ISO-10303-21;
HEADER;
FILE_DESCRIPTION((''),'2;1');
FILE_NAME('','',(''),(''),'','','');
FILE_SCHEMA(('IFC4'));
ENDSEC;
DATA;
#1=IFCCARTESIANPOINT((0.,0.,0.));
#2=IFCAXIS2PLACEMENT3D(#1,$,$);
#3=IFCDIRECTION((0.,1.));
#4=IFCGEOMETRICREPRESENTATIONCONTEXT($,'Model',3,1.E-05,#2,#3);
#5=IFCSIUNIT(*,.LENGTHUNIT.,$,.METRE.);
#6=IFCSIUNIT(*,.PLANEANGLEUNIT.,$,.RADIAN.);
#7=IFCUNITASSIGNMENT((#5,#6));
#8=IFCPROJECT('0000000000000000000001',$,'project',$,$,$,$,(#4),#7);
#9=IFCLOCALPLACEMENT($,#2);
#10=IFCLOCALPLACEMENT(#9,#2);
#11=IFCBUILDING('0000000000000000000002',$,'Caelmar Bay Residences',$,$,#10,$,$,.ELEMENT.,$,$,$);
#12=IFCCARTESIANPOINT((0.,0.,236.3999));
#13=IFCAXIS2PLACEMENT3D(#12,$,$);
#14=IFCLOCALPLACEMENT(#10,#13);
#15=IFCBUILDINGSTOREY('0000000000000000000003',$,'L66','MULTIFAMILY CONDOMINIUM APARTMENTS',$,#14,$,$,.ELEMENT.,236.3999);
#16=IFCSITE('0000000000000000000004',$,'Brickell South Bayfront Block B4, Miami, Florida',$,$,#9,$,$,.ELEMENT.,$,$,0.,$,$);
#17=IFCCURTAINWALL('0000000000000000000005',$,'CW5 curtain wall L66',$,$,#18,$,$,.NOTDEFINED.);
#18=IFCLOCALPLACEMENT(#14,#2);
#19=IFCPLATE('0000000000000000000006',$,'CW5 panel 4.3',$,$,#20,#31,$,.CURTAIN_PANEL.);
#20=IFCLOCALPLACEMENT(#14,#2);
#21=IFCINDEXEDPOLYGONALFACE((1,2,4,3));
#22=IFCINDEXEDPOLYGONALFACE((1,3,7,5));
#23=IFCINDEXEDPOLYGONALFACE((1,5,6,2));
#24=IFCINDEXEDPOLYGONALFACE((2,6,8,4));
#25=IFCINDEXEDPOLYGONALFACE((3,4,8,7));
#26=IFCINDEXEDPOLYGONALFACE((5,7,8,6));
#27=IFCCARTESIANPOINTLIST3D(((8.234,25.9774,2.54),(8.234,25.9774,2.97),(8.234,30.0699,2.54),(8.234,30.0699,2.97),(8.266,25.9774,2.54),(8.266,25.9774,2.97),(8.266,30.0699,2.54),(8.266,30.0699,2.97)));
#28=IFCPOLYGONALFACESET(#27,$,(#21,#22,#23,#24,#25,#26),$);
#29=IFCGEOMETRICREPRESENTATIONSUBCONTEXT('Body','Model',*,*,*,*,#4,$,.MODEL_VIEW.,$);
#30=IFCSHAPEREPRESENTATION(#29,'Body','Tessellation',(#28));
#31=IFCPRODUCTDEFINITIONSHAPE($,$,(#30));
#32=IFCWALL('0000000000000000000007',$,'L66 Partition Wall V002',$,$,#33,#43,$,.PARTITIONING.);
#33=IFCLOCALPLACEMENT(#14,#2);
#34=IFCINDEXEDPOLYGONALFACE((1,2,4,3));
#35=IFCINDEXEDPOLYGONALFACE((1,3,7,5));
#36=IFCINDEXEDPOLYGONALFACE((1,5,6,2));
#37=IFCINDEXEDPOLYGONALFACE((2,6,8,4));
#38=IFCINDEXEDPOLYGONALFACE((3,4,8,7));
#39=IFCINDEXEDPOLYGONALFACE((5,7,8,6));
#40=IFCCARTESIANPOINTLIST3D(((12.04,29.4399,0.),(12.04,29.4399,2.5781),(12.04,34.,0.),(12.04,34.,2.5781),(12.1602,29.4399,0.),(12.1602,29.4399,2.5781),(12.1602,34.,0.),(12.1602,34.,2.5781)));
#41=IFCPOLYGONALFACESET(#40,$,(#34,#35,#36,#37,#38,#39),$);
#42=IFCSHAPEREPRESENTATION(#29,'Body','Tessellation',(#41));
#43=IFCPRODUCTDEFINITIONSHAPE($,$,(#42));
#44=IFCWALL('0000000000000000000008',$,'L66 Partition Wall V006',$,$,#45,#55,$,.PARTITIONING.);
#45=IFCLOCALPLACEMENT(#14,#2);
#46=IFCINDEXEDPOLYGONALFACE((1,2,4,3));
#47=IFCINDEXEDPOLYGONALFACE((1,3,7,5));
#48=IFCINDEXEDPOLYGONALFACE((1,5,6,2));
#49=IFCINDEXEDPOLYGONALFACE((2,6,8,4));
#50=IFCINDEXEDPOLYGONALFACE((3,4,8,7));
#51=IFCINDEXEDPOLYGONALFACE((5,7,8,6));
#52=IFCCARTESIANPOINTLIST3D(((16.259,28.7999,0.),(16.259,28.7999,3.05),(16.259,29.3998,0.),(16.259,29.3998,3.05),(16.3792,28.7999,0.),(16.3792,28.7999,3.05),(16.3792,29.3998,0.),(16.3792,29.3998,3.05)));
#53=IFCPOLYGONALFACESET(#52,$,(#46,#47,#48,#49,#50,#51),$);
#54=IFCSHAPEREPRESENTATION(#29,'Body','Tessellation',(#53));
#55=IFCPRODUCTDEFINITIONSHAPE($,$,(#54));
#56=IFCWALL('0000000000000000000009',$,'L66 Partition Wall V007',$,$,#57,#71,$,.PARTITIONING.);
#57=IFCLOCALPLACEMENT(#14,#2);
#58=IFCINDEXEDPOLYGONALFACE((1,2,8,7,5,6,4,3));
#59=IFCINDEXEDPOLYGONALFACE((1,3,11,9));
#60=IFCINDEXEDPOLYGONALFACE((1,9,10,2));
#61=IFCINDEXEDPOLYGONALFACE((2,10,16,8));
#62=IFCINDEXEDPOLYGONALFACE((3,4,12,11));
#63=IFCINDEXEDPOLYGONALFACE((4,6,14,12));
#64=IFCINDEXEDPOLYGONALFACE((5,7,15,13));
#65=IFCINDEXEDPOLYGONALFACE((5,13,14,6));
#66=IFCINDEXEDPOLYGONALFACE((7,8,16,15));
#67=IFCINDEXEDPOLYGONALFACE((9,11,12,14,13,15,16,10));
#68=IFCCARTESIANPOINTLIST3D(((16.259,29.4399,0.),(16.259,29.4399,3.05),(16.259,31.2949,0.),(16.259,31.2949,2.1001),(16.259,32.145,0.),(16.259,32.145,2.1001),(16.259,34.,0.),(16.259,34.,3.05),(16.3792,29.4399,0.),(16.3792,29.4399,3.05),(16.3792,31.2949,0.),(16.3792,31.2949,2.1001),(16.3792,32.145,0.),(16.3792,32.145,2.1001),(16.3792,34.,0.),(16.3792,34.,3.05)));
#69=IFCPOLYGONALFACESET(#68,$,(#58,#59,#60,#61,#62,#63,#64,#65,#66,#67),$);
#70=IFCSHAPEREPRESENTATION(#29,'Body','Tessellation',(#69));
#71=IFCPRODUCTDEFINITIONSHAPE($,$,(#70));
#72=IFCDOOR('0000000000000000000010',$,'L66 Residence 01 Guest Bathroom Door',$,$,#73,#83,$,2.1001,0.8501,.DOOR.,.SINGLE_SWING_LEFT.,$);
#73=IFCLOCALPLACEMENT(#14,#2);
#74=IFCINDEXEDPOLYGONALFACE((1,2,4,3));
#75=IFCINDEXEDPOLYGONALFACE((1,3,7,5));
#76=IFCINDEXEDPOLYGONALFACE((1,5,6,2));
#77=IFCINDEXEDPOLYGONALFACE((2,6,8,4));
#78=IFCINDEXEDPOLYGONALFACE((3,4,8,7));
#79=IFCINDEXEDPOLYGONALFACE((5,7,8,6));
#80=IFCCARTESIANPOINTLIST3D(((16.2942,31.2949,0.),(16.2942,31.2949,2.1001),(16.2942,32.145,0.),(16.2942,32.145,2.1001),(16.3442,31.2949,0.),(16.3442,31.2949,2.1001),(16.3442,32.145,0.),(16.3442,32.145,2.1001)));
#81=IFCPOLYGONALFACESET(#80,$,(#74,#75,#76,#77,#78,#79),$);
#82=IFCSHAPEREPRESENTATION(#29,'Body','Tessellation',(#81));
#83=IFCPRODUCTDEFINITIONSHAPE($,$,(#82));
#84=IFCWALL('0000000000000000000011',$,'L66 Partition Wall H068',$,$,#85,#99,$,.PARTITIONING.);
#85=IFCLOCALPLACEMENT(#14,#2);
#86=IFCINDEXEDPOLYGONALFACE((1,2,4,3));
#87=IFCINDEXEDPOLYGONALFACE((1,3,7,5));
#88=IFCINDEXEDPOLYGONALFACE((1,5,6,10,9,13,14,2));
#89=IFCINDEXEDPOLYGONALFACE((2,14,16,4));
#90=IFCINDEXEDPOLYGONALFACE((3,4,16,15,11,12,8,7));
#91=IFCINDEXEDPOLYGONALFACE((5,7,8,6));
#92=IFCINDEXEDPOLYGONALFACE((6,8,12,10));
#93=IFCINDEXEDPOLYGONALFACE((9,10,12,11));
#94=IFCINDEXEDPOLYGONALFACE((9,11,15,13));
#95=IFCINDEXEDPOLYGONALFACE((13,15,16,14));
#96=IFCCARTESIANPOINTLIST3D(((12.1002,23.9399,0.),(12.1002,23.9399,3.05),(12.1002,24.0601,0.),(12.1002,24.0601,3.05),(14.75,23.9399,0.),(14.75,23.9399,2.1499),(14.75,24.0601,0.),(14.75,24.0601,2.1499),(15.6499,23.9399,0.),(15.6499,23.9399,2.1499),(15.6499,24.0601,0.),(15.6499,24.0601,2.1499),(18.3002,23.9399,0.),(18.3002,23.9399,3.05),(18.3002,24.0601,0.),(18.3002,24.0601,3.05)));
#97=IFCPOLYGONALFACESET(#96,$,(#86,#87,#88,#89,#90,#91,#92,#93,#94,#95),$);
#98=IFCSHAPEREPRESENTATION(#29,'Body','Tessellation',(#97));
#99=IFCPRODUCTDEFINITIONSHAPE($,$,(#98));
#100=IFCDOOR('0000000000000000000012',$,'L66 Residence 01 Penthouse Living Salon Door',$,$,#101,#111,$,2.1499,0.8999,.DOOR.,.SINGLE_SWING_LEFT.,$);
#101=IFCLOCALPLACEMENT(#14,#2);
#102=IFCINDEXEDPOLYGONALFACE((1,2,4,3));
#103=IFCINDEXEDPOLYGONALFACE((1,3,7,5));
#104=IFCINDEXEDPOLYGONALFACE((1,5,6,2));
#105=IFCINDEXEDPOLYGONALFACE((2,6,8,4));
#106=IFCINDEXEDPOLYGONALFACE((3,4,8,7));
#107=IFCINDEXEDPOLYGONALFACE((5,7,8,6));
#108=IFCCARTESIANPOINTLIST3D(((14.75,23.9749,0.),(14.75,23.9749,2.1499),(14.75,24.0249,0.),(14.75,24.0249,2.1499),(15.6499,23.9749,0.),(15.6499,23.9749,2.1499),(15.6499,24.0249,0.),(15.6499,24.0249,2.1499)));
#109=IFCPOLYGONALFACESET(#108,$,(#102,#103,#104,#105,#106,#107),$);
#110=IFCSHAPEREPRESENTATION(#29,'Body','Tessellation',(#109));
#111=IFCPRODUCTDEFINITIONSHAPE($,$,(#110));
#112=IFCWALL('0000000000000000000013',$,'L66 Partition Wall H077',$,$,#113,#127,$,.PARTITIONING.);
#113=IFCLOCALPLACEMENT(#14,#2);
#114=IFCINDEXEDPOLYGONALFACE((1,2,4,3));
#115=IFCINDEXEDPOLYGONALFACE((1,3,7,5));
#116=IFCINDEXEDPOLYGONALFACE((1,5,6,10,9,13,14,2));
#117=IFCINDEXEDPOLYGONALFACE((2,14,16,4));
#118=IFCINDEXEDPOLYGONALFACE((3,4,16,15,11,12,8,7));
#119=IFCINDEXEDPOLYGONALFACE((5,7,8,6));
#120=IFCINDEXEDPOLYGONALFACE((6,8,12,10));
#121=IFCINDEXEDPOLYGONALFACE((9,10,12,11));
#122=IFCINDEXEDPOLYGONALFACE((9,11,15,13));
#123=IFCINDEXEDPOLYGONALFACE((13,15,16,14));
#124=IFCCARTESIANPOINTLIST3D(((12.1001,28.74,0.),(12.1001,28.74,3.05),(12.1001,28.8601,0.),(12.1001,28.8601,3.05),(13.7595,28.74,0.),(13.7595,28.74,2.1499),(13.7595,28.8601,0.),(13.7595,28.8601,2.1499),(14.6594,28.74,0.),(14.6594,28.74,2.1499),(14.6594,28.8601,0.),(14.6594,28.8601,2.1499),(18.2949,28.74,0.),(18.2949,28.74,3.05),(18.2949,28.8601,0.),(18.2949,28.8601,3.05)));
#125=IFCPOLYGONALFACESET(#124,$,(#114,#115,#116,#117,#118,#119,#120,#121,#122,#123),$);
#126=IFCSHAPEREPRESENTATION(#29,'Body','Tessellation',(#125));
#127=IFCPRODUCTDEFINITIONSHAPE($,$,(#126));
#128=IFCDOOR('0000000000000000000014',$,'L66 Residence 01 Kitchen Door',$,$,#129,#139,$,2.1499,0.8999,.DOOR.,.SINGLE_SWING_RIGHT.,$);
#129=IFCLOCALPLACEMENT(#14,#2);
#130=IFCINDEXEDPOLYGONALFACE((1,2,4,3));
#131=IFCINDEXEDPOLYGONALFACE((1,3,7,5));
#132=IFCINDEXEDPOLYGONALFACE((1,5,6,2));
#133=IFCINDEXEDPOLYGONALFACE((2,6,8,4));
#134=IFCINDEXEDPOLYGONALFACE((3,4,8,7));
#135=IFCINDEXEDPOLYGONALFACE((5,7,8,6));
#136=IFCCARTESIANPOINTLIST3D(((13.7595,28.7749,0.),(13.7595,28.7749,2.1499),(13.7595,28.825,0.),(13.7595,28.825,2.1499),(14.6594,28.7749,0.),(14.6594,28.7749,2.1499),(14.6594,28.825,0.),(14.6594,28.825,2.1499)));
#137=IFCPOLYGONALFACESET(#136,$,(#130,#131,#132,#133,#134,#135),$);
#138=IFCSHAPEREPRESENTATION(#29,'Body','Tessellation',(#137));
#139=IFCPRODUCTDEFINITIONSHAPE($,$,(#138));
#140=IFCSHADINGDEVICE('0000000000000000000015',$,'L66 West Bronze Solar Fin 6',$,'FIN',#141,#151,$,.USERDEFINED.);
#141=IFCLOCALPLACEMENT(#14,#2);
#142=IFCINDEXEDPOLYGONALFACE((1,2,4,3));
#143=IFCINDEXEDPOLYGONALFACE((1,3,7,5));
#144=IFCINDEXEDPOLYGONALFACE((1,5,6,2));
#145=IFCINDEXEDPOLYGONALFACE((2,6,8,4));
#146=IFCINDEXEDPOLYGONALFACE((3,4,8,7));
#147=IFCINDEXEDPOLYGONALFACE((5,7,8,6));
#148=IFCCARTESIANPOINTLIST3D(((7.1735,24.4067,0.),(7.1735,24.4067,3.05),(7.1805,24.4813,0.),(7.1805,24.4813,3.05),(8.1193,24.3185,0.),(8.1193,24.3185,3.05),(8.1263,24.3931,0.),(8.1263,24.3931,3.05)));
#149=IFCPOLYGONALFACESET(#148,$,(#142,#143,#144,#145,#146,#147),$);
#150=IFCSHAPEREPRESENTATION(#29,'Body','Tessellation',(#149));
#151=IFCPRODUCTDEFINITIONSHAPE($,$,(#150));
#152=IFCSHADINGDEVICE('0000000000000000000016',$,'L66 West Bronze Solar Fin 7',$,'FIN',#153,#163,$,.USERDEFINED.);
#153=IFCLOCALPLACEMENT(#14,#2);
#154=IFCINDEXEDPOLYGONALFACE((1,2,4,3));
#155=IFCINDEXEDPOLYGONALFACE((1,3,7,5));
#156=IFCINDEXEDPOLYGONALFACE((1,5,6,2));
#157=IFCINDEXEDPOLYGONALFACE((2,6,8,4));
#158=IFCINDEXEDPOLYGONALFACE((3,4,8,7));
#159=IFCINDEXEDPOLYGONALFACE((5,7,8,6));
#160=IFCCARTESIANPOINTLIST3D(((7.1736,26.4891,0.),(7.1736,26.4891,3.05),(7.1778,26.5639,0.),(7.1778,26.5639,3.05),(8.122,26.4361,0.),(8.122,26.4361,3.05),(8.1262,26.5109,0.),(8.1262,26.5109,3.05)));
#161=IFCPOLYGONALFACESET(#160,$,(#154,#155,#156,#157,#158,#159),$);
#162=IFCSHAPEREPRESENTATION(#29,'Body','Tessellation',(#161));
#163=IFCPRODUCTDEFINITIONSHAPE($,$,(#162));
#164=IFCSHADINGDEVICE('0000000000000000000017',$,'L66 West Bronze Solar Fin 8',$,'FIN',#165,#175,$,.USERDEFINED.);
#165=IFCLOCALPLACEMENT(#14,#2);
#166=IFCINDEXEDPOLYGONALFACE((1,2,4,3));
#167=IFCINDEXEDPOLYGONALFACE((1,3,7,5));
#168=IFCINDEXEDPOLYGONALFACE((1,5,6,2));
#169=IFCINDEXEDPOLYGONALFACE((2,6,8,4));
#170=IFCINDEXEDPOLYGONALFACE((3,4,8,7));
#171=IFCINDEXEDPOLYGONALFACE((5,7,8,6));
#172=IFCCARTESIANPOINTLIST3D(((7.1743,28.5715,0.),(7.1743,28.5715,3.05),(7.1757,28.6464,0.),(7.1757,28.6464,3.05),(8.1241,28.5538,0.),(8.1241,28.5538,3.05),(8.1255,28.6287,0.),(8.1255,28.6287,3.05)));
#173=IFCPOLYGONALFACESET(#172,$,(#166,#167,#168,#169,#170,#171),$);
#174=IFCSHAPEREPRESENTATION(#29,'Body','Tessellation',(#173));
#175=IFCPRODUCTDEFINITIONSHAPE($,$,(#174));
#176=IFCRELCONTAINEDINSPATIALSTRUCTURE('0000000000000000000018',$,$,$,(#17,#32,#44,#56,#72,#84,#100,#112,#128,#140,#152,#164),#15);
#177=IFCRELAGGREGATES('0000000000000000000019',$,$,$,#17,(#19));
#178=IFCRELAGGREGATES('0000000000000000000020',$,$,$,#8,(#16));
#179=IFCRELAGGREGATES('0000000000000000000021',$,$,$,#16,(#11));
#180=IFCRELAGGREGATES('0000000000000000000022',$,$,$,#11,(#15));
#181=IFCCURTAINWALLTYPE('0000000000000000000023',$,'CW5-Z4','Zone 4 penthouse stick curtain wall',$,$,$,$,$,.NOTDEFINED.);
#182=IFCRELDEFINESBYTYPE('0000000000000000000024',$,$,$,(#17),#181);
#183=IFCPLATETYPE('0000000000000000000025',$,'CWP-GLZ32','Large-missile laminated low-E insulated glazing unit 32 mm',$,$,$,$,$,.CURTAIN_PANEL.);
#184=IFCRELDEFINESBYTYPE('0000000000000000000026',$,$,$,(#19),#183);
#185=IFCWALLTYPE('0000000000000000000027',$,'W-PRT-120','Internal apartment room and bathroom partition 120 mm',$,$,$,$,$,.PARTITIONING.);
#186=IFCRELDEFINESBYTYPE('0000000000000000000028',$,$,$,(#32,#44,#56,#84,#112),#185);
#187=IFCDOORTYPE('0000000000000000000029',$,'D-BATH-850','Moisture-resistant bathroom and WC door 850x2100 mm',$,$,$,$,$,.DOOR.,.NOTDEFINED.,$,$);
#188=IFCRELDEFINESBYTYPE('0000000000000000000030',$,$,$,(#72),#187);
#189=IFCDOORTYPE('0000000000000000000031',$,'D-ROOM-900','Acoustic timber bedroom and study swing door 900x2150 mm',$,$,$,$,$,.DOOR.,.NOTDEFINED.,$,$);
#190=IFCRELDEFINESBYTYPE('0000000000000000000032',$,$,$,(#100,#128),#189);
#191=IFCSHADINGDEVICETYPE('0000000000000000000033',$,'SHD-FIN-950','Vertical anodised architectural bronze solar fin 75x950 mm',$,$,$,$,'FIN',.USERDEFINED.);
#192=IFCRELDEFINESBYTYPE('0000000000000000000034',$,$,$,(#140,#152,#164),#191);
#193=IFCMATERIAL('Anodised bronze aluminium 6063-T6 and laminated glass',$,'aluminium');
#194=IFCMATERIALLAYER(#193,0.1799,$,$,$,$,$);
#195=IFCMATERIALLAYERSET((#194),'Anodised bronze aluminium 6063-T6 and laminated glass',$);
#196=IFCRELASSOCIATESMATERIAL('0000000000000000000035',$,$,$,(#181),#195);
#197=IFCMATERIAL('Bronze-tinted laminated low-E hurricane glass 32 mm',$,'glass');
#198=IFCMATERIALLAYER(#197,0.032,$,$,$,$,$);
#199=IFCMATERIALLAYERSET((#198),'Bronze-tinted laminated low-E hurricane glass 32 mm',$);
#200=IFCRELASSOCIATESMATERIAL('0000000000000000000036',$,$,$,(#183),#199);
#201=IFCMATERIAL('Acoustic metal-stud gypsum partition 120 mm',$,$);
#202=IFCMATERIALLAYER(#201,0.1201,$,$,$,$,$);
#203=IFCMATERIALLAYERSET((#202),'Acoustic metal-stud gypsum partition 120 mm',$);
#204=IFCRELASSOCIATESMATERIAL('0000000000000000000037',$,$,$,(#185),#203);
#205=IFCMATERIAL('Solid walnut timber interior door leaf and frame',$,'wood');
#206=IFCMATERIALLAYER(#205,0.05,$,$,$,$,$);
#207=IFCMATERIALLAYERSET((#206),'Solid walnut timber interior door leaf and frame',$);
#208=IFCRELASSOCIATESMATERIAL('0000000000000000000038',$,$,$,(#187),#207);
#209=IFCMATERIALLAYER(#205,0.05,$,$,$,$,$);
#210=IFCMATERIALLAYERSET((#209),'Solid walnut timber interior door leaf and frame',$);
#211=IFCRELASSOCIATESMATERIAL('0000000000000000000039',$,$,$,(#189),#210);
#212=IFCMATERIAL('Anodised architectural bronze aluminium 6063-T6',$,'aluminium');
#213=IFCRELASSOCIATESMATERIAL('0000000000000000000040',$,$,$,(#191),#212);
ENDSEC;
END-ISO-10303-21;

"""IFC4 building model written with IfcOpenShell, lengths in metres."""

from ifc_helpers import new_model, si_unit, direction, frame, frame_2d, origin, origin_2d, place, context, subcontext, project, spatial, rectangle, extrude, material, layer, layer_set, material_profile, profile_set, type_object, element, fill, aggregate, save


model = new_model("IFC4")

# Units and contexts
model_context = context("Model", 3, precision=1e-05, world=origin(), true_north=direction((0.0, 1.0)))
body_context = subcontext(model_context, "Body", "Model", "MODEL_VIEW")
ifc_project = project(units=[si_unit("LENGTHUNIT", "METRE"), si_unit("PLANEANGLEUNIT", "RADIAN")], contexts=[model_context])

# Site, building, storey
site_placement = place(None, origin())
site = spatial("IfcSite", under=ifc_project, at=site_placement, Name="Brickell South Bayfront Block B4, Miami, Florida", CompositionType="ELEMENT", RefElevation=0.0)
building_placement = place(site_placement, origin())
building = spatial("IfcBuilding", under=site, at=building_placement, Name="Caelmar Bay Residences", CompositionType="ELEMENT")
storey_placement = place(building_placement, frame((0.0, 0.0, 236.3999)))
storey = spatial("IfcBuildingStorey", under=building, at=storey_placement, Name="L66", Description="MULTIFAMILY CONDOMINIUM APARTMENTS", CompositionType="ELEMENT", Elevation=236.3999)

# Curtain wall, plate
ifc_material_1 = material(Name="Anodised bronze aluminium 6063-T6 and laminated glass", Category="aluminium")
ifc_layer_1 = layer(ifc_material_1, 0.1799)
ifc_layer_set_1 = layer_set([ifc_layer_1], Name="Anodised bronze aluminium 6063-T6 and laminated glass")
curtain_wall_type = type_object("IfcCurtainWallType", Name="CW5-Z4", Description="Zone 4 penthouse stick curtain wall", PredefinedType="NOTDEFINED", material=ifc_layer_set_1)
curtain_wall_placement = place(storey_placement, origin())
curtain_wall = element("IfcCurtainWall", 1, at=curtain_wall_placement, inside=storey, type_object=curtain_wall_type, Name="CW5 curtain wall L66", PredefinedType="NOTDEFINED")
ifc_material_2 = material(Name="Bronze-tinted laminated low-E hurricane glass 32 mm", Category="glass")
ifc_layer_2 = layer(ifc_material_2, 0.032)
ifc_layer_set_2 = layer_set([ifc_layer_2], Name="Bronze-tinted laminated low-E hurricane glass 32 mm")
plate_type = type_object("IfcPlateType", Name="CWP-GLZ32", Description="Large-missile laminated low-E insulated glazing unit 32 mm", PredefinedType="CURTAIN_PANEL", material=ifc_layer_set_2)
plate_1_placement = place(storey_placement, frame((8.25, 28.0237, 2.54), z_axis=(0.0, 0.0, 1.0), x_axis=(0.0, 1.0, 0.0)))
plate_1 = element("IfcPlate", 2, at=plate_1_placement, type_object=plate_type, Name="CW5 panel 4.3", PredefinedType="CURTAIN_PANEL", context=body_context, shape_type="SweptSolid", body=[
    extrude(rectangle(XDim=4.0925, YDim=0.032, at=origin_2d()), origin(), (0.0, 0.0, 1.0), 0.4299),
])
aggregate(curtain_wall, [plate_1])

# Walls
ifc_material_3 = material(Name="Acoustic metal-stud gypsum partition 120 mm")
ifc_layer_3 = layer(ifc_material_3, 0.1201)
ifc_layer_set_3 = layer_set([ifc_layer_3], Name="Acoustic metal-stud gypsum partition 120 mm")
wall_type = type_object("IfcWallType", Name="W-PRT-120", Description="Internal apartment room and bathroom partition 120 mm", PredefinedType="PARTITIONING", material=ifc_layer_set_3)
wall_1_placement = place(storey_placement, frame((12.1001, 29.4399, 0.0), z_axis=(0.0, 0.0, 1.0), x_axis=(0.0, 1.0, 0.0)))
element("IfcWall", 3, at=wall_1_placement, inside=storey, type_object=wall_type, Name="L66 Partition Wall V002", PredefinedType="PARTITIONING", context=body_context, shape_type="SweptSolid", body=[
    extrude(rectangle(XDim=4.5601, YDim=0.1201, at=frame_2d((2.28, 0.0))), origin(), (0.0, 0.0, 1.0), 2.5781),
])
wall_2_placement = place(storey_placement, frame((16.3191, 28.8, 0.0), z_axis=(0.0, 0.0, 1.0), x_axis=(0.0, 1.0, 0.0)))
element("IfcWall", 4, at=wall_2_placement, inside=storey, type_object=wall_type, Name="L66 Partition Wall V006", PredefinedType="PARTITIONING", context=body_context, shape_type="SweptSolid", body=[
    extrude(rectangle(XDim=0.5999, YDim=0.1201, at=frame_2d((0.2998, 0.0))), origin(), (0.0, 0.0, 1.0), 3.05),
])

# Walls, openings, doors
wall_3_placement = place(storey_placement, frame((16.3191, 29.4399, 0.0), z_axis=(0.0, 0.0, 1.0), x_axis=(0.0, 1.0, 0.0)))
wall_3 = element("IfcWall", 5, at=wall_3_placement, inside=storey, type_object=wall_type, Name="L66 Partition Wall V007", PredefinedType="PARTITIONING", context=body_context, shape_type="SweptSolid", body=[
    extrude(rectangle(XDim=4.5601, YDim=0.1201, at=frame_2d((2.28, 0.0))), origin(), (0.0, 0.0, 1.0), 3.05),
])
opening_1_placement = place(wall_3_placement, frame((1.855, 0.0, 0.0)))
opening_1 = element("IfcOpeningElement", 6, at=opening_1_placement, cuts=wall_3, PredefinedType="OPENING", context=body_context, shape_type="SweptSolid", body=[
    extrude(rectangle(XDim=0.8501, YDim=2.1001, at=frame_2d((0.425, 1.05))), frame((0.0, 0.0701, 0.0), z_axis=(0.0, -1.0, 0.0), x_axis=(1.0, 0.0, 0.0)), (0.0, 0.0, 1.0), 0.1401),
])
ifc_material_4 = material(Name="Solid walnut timber interior door leaf and frame", Category="wood")
ifc_layer_4 = layer(ifc_material_4, 0.05)
ifc_layer_set_4 = layer_set([ifc_layer_4], Name="Solid walnut timber interior door leaf and frame")
door_type_1 = type_object("IfcDoorType", Name="D-BATH-850", Description="Moisture-resistant bathroom and WC door 850x2100 mm", OperationType="NOTDEFINED", PredefinedType="DOOR", material=ifc_layer_set_4)
door_1_placement = place(opening_1_placement, origin())
door_1 = element("IfcDoor", 7, at=door_1_placement, inside=storey, type_object=door_type_1, Name="L66 Residence 01 Guest Bathroom Door", OperationType="SINGLE_SWING_LEFT", OverallHeight=2.1001, OverallWidth=0.8501, PredefinedType="DOOR", context=body_context, shape_type="SweptSolid", body=[
    extrude(rectangle(XDim=0.8501, YDim=2.1001, at=frame_2d((0.425, 1.05))), frame((0.0, 0.0249, 0.0), z_axis=(0.0, -1.0, 0.0), x_axis=(1.0, 0.0, 0.0)), (0.0, 0.0, 1.0), 0.05),
])
fill(opening_1, door_1)
wall_4_placement = place(storey_placement, frame((12.1001, 24.0, 0.0), z_axis=(0.0, 0.0, 1.0), x_axis=(1.0, 0.0, 0.0)))
wall_4 = element("IfcWall", 8, at=wall_4_placement, inside=storey, type_object=wall_type, Name="L66 Partition Wall H068", PredefinedType="PARTITIONING", context=body_context, shape_type="SweptSolid", body=[
    extrude(rectangle(XDim=6.2, YDim=0.1201, at=frame_2d((3.1001, 0.0))), origin(), (0.0, 0.0, 1.0), 3.05),
])
opening_2_placement = place(wall_4_placement, frame((2.6499, 0.0, 0.0)))
opening_2 = element("IfcOpeningElement", 9, at=opening_2_placement, cuts=wall_4, PredefinedType="OPENING", context=body_context, shape_type="SweptSolid", body=[
    extrude(rectangle(XDim=0.8999, YDim=2.1499, at=frame_2d((0.45, 1.075))), frame((0.0, 0.0701, 0.0), z_axis=(0.0, -1.0, 0.0), x_axis=(1.0, 0.0, 0.0)), (0.0, 0.0, 1.0), 0.1401),
])
ifc_layer_5 = layer(ifc_material_4, 0.05)
ifc_layer_set_5 = layer_set([ifc_layer_5], Name="Solid walnut timber interior door leaf and frame")
door_type_2 = type_object("IfcDoorType", Name="D-ROOM-900", Description="Acoustic timber bedroom and study swing door 900x2150 mm", OperationType="NOTDEFINED", PredefinedType="DOOR", material=ifc_layer_set_5)
door_2_placement = place(opening_2_placement, origin())
door_2 = element("IfcDoor", 10, at=door_2_placement, inside=storey, type_object=door_type_2, Name="L66 Residence 01 Penthouse Living Salon Door", OperationType="SINGLE_SWING_LEFT", OverallHeight=2.1499, OverallWidth=0.8999, PredefinedType="DOOR", context=body_context, shape_type="SweptSolid", body=[
    extrude(rectangle(XDim=0.8999, YDim=2.1499, at=frame_2d((0.45, 1.075))), frame((0.0, 0.0249, 0.0), z_axis=(0.0, -1.0, 0.0), x_axis=(1.0, 0.0, 0.0)), (0.0, 0.0, 1.0), 0.05),
])
fill(opening_2, door_2)
wall_5_placement = place(storey_placement, frame((12.1001, 28.8, 0.0), z_axis=(0.0, 0.0, 1.0), x_axis=(1.0, 0.0, 0.0)))
wall_5 = element("IfcWall", 11, at=wall_5_placement, inside=storey, type_object=wall_type, Name="L66 Partition Wall H077", PredefinedType="PARTITIONING", context=body_context, shape_type="SweptSolid", body=[
    extrude(rectangle(XDim=6.1948, YDim=0.1201, at=frame_2d((3.0974, 0.0))), origin(), (0.0, 0.0, 1.0), 3.05),
])
opening_3_placement = place(wall_5_placement, frame((1.6594, 0.0, 0.0)))
opening_3 = element("IfcOpeningElement", 12, at=opening_3_placement, cuts=wall_5, PredefinedType="OPENING", context=body_context, shape_type="SweptSolid", body=[
    extrude(rectangle(XDim=0.8999, YDim=2.1499, at=frame_2d((0.45, 1.075))), frame((0.0, 0.0701, 0.0), z_axis=(0.0, -1.0, 0.0), x_axis=(1.0, 0.0, 0.0)), (0.0, 0.0, 1.0), 0.1401),
])
door_3_placement = place(opening_3_placement, origin())
door_3 = element("IfcDoor", 13, at=door_3_placement, inside=storey, type_object=door_type_2, Name="L66 Residence 01 Kitchen Door", OperationType="SINGLE_SWING_RIGHT", OverallHeight=2.1499, OverallWidth=0.8999, PredefinedType="DOOR", context=body_context, shape_type="SweptSolid", body=[
    extrude(rectangle(XDim=0.8999, YDim=2.1499, at=frame_2d((0.45, 1.075))), frame((0.0, 0.0249, 0.0), z_axis=(0.0, -1.0, 0.0), x_axis=(1.0, 0.0, 0.0)), (0.0, 0.0, 1.0), 0.05),
])
fill(opening_3, door_3)

# Shading devices
ifc_material_5 = material(Name="Anodised architectural bronze aluminium 6063-T6", Category="aluminium")
ifc_material_profile_1 = material_profile(ifc_material_5, rectangle(XDim=0.075, YDim=0.95, at=origin_2d()), Name="BRONZE-FIN-75X950")
ifc_profile_set_1 = profile_set([ifc_material_profile_1], Name="Anodised architectural bronze aluminium 6063-T6")
shading_device_type = type_object("IfcShadingDeviceType", Name="SHD-FIN-950", Description="Vertical anodised architectural bronze solar fin 75x950 mm", ElementType="FIN", PredefinedType="USERDEFINED", material=ifc_profile_set_1)
for number, where, z_axis, x_axis, name in (
    (14, (7.6499, 24.3999, 0.0), (0.0, 0.0, 1.0), (0.092892, 0.995676, 0.0), "L66 West Bronze Solar Fin 6"),
    (15, (7.6499, 26.5, 0.0), (0.0, 0.0, 1.0), (0.055822, 0.998441, 0.0), "L66 West Bronze Solar Fin 7"),
    (16, (7.6499, 28.6001, 0.0), (0.0, 0.0, 1.0), (0.018674, 0.999826, 0.0), "L66 West Bronze Solar Fin 8"),
):
    element("IfcShadingDevice", number, at=place(storey_placement, frame(where, z_axis=z_axis, x_axis=x_axis)), inside=storey, type_object=shading_device_type, Name=name, ObjectType="FIN", PredefinedType="USERDEFINED", context=body_context, shape_type="SweptSolid", body=[
        extrude(rectangle(XDim=0.075, YDim=0.95, at=origin_2d()), origin(), (0.0, 0.0, 1.0), 3.05),
    ])

save(model, "model.ifc")
